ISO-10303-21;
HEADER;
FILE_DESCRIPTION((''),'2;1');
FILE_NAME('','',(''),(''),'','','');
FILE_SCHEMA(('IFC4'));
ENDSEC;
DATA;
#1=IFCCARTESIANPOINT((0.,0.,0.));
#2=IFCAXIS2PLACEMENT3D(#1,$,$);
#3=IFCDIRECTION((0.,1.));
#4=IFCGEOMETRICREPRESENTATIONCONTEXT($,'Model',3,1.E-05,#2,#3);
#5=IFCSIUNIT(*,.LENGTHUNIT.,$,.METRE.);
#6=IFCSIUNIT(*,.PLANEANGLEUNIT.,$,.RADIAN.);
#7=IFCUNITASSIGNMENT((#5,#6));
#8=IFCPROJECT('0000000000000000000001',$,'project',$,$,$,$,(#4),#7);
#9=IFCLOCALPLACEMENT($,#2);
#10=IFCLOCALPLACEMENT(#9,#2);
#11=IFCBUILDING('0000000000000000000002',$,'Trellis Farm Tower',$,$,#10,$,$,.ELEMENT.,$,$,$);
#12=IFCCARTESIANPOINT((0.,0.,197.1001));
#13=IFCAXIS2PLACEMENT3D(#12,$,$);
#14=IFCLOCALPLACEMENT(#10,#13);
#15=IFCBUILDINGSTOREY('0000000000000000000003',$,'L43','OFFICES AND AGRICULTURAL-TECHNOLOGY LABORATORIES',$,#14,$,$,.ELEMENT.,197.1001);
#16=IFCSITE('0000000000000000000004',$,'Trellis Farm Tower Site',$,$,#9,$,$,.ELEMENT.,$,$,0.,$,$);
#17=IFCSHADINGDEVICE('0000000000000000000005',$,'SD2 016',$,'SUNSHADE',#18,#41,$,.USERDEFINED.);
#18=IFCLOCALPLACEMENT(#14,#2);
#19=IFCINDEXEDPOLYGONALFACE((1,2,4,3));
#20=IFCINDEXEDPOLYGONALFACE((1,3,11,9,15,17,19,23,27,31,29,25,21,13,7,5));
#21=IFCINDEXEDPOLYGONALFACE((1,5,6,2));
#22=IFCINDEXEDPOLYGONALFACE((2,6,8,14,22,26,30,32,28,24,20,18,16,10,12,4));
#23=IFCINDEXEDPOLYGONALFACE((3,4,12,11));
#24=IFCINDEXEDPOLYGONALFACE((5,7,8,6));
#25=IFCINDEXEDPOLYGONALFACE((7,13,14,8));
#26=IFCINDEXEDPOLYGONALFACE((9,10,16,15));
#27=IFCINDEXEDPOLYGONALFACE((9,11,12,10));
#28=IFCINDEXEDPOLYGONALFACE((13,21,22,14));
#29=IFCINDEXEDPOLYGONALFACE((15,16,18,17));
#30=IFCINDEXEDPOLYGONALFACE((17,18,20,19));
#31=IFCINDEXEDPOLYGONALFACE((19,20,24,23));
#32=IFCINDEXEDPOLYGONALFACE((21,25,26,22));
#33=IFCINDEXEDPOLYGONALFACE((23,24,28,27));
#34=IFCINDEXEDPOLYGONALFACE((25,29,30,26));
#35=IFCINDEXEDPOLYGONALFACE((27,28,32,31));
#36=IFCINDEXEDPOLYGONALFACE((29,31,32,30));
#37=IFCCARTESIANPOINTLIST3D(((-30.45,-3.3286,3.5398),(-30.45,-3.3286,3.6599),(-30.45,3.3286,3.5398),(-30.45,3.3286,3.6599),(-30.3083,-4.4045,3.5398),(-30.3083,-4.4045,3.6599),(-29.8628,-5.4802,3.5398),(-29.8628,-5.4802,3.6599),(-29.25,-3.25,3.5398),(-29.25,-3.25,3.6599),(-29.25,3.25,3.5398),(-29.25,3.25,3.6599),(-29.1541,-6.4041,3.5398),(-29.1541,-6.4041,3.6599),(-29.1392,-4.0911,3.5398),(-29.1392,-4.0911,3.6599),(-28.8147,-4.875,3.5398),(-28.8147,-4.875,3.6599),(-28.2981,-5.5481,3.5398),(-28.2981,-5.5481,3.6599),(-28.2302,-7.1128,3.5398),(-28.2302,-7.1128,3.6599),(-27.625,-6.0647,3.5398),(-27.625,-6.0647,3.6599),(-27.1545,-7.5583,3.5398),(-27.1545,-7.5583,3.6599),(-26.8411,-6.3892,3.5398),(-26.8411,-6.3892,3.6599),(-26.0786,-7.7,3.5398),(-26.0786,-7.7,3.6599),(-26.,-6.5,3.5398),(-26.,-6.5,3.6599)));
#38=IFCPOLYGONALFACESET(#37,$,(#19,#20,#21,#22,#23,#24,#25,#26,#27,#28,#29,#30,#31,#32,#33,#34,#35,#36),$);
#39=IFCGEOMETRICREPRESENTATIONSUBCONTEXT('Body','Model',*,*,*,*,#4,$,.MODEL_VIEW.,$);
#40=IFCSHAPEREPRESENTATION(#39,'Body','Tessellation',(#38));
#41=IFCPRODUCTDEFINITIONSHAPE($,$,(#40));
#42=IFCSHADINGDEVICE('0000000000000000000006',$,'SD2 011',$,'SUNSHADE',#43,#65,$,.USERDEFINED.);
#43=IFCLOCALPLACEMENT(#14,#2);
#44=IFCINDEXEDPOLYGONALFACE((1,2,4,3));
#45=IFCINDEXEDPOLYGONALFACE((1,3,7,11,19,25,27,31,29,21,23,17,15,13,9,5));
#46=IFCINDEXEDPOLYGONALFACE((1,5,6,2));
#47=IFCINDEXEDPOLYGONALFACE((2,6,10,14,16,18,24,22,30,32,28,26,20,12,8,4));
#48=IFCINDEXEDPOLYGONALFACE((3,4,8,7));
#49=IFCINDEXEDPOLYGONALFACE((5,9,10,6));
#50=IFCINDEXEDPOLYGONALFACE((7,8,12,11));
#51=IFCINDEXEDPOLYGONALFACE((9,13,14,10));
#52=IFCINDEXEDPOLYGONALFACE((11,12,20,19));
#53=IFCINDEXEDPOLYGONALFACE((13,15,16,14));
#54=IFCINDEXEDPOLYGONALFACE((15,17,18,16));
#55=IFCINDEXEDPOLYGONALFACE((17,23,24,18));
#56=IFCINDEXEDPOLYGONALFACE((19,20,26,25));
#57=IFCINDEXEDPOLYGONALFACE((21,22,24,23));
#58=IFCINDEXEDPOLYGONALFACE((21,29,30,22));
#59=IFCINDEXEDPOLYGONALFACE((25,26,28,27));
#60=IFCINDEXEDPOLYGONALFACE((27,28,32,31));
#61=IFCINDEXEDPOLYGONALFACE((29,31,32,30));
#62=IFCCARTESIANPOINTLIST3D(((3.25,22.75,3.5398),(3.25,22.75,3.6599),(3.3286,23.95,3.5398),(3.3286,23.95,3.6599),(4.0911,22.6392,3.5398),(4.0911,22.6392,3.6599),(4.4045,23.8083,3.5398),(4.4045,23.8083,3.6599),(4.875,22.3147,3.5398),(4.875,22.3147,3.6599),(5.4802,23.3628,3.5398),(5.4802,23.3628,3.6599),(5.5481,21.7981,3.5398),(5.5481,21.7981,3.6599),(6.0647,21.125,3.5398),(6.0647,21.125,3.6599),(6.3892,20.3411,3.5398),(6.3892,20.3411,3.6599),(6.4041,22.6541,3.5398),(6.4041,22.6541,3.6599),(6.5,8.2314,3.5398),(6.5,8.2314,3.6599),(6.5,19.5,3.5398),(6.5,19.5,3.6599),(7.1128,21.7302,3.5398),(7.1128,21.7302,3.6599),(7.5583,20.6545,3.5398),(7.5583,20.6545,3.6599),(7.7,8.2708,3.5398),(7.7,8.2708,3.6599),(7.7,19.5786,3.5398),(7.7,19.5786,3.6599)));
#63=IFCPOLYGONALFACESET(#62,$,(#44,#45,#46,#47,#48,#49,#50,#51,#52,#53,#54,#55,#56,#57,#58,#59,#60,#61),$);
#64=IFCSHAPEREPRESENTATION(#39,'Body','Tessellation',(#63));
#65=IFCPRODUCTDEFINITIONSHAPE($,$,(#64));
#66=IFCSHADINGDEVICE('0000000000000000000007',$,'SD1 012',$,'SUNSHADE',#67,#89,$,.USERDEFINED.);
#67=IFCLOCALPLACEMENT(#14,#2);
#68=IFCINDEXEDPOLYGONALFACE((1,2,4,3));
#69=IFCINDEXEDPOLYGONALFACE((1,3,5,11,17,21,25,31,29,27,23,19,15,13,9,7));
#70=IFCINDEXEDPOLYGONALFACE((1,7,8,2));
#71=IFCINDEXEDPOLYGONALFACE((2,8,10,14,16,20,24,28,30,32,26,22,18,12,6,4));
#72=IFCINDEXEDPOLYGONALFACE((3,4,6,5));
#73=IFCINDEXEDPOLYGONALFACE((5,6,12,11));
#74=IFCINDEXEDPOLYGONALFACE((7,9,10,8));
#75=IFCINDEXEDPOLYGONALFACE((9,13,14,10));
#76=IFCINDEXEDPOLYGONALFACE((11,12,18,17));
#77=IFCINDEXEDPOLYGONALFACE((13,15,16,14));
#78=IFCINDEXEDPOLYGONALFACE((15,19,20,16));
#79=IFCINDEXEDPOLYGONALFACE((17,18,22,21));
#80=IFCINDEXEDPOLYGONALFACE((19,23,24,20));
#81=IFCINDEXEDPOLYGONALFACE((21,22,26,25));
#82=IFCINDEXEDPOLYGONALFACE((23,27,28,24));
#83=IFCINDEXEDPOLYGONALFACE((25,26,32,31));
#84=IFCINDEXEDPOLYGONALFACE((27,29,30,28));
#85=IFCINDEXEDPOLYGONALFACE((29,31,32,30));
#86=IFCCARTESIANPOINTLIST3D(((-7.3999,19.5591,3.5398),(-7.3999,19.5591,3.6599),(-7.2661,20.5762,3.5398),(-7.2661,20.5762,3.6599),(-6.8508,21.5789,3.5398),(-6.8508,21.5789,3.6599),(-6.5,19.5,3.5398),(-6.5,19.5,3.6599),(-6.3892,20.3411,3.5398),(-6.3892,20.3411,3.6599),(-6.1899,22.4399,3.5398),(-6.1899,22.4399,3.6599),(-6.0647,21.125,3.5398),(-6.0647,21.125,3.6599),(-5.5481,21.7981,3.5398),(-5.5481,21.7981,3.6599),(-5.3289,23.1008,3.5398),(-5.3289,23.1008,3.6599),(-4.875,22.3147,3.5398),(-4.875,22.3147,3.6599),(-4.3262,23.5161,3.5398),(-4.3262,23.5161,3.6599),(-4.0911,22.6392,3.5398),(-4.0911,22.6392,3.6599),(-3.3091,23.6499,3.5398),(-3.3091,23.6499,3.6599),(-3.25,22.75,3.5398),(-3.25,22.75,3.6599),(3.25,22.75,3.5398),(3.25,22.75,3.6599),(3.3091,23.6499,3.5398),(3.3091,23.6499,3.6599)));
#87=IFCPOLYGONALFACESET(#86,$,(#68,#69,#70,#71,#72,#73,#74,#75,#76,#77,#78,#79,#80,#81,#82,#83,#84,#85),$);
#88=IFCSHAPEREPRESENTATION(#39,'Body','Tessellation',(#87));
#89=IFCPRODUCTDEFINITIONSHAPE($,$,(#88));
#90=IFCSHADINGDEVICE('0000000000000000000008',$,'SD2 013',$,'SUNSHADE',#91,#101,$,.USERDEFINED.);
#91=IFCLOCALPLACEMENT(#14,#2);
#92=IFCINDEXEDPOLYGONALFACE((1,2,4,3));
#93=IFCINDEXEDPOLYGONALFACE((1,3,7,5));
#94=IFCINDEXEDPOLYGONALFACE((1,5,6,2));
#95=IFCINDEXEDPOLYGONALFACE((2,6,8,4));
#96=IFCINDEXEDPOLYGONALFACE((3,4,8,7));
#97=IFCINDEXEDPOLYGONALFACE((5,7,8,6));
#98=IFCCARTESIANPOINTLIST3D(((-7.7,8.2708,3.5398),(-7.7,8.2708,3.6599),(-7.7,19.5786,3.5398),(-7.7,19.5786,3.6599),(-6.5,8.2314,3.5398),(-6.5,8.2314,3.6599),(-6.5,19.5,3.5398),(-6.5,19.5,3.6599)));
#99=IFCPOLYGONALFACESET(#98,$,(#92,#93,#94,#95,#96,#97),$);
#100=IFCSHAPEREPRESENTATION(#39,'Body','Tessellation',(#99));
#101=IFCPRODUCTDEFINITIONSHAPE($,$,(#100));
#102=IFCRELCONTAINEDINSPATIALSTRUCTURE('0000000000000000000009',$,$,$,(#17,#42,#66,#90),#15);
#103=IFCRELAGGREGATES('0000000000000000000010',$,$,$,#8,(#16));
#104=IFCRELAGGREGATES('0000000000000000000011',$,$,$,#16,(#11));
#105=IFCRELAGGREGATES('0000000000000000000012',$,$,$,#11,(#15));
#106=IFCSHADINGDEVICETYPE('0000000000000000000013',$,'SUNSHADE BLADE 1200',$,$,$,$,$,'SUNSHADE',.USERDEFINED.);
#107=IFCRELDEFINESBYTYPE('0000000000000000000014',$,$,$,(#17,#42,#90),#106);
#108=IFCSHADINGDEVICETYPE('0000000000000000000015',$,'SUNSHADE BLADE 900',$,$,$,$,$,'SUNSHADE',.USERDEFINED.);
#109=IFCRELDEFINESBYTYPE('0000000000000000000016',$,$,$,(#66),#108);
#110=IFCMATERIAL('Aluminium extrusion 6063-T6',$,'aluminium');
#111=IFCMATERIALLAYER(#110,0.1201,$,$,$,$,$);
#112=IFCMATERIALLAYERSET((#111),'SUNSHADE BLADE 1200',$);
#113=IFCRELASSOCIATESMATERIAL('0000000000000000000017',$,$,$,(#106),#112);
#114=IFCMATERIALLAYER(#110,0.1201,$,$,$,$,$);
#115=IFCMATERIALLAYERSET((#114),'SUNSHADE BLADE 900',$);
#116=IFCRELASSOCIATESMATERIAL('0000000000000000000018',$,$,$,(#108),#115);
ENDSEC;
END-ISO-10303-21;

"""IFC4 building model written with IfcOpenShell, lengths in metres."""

from ifc_helpers import new_model, si_unit, direction, frame, origin, place, context, subcontext, project, spatial, polyline, outline, extrude, source, transform, mapped, material, layer, layer_set, type_object, element, save


model = new_model("IFC4")

# Units and contexts
model_context = context("Model", 3, precision=1e-05, world=origin(), true_north=direction((0.0, 1.0)))
body_context = subcontext(model_context, "Body", "Model", "MODEL_VIEW")
ifc_project = project(units=[si_unit("LENGTHUNIT", "METRE"), si_unit("PLANEANGLEUNIT", "RADIAN")], contexts=[model_context])

# Site, building, storey
site_placement = place(None, origin())
site = spatial("IfcSite", under=ifc_project, at=site_placement, Name="Trellis Farm Tower Site", CompositionType="ELEMENT", RefElevation=0.0)
building_placement = place(site_placement, origin())
building = spatial("IfcBuilding", under=site, at=building_placement, Name="Trellis Farm Tower", CompositionType="ELEMENT")
storey_placement = place(building_placement, frame((0.0, 0.0, 197.1001)))
storey = spatial("IfcBuildingStorey", under=building, at=storey_placement, Name="L43", Description="OFFICES AND AGRICULTURAL-TECHNOLOGY LABORATORIES", CompositionType="ELEMENT", Elevation=197.1001)

# Shared definitions
ifc_material_1 = material(Name="Aluminium extrusion 6063-T6", Category="aluminium")

# Shared definitions
ifc_layer_1 = layer(ifc_material_1, 0.1201)
ifc_layer_set_1 = layer_set([ifc_layer_1], Name="SUNSHADE BLADE 1200")
shading_device_type_1 = type_object("IfcShadingDeviceType", Name="SUNSHADE BLADE 1200", ElementType="SUNSHADE", PredefinedType="USERDEFINED", material=ifc_layer_set_1)
placement_1 = place(storey_placement, frame((0.0, 0.0, 3.5398)))

# Shading devices
ifc_layer_2 = layer(ifc_material_1, 0.1201)
ifc_layer_set_2 = layer_set([ifc_layer_2], Name="SUNSHADE BLADE 900")
shading_device_type_2 = type_object("IfcShadingDeviceType", Name="SUNSHADE BLADE 900", ElementType="SUNSHADE", PredefinedType="USERDEFINED", material=ifc_layer_set_2)
shared_shape_1 = source(origin(), body_context, "Body", "SweptSolid", [
    extrude(outline(polyline([(-30.45, 3.3286), (-30.45, -3.3286), (-30.3083, -4.4045), (-29.8628, -5.4802), (-29.1541, -6.4041), (-28.2302, -7.1128), (-27.1545, -7.5583), (-26.0786, -7.7), (-26.0, -6.5), (-26.8411, -6.3892), (-27.625, -6.0647), (-28.2981, -5.5481), (-28.8147, -4.875), (-29.1392, -4.0911), (-29.25, -3.25), (-29.25, 3.25), (-30.45, 3.3286)])), origin(), (0.0, 0.0, 1.0), 0.1201),
])
element("IfcShadingDevice", 1, at=placement_1, inside=storey, type_object=shading_device_type_1, Name="SD2 016", ObjectType="SUNSHADE", PredefinedType="USERDEFINED", context=body_context, shape_type="MappedRepresentation", body=[
    mapped(shared_shape_1, transform((0.0, 0.0, 0.0))),
])
shared_shape_2 = source(origin(), body_context, "Body", "SweptSolid", [
    extrude(outline(polyline([(7.7, 8.2708), (7.7, 19.5786), (7.5583, 20.6545), (7.1128, 21.7302), (6.4041, 22.6541), (5.4802, 23.3628), (4.4045, 23.8083), (3.3286, 23.95), (3.25, 22.75), (4.0911, 22.6392), (4.875, 22.3147), (5.5481, 21.7981), (6.0647, 21.125), (6.3892, 20.3411), (6.5, 19.5), (6.5, 8.2314), (7.7, 8.2708)])), origin(), (0.0, 0.0, 1.0), 0.1201),
])
element("IfcShadingDevice", 2, at=placement_1, inside=storey, type_object=shading_device_type_1, Name="SD2 011", ObjectType="SUNSHADE", PredefinedType="USERDEFINED", context=body_context, shape_type="MappedRepresentation", body=[
    mapped(shared_shape_2, transform((0.0, 0.0, 0.0))),
])
shared_shape_3 = source(origin(), body_context, "Body", "SweptSolid", [
    extrude(outline(polyline([(3.3091, 23.6499), (-3.3091, 23.6499), (-4.3262, 23.5161), (-5.3289, 23.1008), (-6.1899, 22.4399), (-6.8508, 21.5789), (-7.2661, 20.5762), (-7.3999, 19.5591), (-6.5, 19.5), (-6.3892, 20.3411), (-6.0647, 21.125), (-5.5481, 21.7981), (-4.875, 22.3147), (-4.0911, 22.6392), (-3.25, 22.75), (3.25, 22.75), (3.3091, 23.6499)])), origin(), (0.0, 0.0, 1.0), 0.1201),
])
element("IfcShadingDevice", 3, at=placement_1, inside=storey, type_object=shading_device_type_2, Name="SD1 012", ObjectType="SUNSHADE", PredefinedType="USERDEFINED", context=body_context, shape_type="MappedRepresentation", body=[
    mapped(shared_shape_3, transform((0.0, 0.0, 0.0))),
])
shared_shape_4 = source(origin(), body_context, "Body", "SweptSolid", [
    extrude(outline(polyline([(-7.7, 19.5786), (-7.7, 8.2708), (-6.5, 8.2314), (-6.5, 19.5), (-7.7, 19.5786)])), origin(), (0.0, 0.0, 1.0), 0.1201),
])
element("IfcShadingDevice", 4, at=placement_1, inside=storey, type_object=shading_device_type_1, Name="SD2 013", ObjectType="SUNSHADE", PredefinedType="USERDEFINED", context=body_context, shape_type="MappedRepresentation", body=[
    mapped(shared_shape_4, transform((0.0, 0.0, 0.0))),
])

save(model, "model.ifc")
